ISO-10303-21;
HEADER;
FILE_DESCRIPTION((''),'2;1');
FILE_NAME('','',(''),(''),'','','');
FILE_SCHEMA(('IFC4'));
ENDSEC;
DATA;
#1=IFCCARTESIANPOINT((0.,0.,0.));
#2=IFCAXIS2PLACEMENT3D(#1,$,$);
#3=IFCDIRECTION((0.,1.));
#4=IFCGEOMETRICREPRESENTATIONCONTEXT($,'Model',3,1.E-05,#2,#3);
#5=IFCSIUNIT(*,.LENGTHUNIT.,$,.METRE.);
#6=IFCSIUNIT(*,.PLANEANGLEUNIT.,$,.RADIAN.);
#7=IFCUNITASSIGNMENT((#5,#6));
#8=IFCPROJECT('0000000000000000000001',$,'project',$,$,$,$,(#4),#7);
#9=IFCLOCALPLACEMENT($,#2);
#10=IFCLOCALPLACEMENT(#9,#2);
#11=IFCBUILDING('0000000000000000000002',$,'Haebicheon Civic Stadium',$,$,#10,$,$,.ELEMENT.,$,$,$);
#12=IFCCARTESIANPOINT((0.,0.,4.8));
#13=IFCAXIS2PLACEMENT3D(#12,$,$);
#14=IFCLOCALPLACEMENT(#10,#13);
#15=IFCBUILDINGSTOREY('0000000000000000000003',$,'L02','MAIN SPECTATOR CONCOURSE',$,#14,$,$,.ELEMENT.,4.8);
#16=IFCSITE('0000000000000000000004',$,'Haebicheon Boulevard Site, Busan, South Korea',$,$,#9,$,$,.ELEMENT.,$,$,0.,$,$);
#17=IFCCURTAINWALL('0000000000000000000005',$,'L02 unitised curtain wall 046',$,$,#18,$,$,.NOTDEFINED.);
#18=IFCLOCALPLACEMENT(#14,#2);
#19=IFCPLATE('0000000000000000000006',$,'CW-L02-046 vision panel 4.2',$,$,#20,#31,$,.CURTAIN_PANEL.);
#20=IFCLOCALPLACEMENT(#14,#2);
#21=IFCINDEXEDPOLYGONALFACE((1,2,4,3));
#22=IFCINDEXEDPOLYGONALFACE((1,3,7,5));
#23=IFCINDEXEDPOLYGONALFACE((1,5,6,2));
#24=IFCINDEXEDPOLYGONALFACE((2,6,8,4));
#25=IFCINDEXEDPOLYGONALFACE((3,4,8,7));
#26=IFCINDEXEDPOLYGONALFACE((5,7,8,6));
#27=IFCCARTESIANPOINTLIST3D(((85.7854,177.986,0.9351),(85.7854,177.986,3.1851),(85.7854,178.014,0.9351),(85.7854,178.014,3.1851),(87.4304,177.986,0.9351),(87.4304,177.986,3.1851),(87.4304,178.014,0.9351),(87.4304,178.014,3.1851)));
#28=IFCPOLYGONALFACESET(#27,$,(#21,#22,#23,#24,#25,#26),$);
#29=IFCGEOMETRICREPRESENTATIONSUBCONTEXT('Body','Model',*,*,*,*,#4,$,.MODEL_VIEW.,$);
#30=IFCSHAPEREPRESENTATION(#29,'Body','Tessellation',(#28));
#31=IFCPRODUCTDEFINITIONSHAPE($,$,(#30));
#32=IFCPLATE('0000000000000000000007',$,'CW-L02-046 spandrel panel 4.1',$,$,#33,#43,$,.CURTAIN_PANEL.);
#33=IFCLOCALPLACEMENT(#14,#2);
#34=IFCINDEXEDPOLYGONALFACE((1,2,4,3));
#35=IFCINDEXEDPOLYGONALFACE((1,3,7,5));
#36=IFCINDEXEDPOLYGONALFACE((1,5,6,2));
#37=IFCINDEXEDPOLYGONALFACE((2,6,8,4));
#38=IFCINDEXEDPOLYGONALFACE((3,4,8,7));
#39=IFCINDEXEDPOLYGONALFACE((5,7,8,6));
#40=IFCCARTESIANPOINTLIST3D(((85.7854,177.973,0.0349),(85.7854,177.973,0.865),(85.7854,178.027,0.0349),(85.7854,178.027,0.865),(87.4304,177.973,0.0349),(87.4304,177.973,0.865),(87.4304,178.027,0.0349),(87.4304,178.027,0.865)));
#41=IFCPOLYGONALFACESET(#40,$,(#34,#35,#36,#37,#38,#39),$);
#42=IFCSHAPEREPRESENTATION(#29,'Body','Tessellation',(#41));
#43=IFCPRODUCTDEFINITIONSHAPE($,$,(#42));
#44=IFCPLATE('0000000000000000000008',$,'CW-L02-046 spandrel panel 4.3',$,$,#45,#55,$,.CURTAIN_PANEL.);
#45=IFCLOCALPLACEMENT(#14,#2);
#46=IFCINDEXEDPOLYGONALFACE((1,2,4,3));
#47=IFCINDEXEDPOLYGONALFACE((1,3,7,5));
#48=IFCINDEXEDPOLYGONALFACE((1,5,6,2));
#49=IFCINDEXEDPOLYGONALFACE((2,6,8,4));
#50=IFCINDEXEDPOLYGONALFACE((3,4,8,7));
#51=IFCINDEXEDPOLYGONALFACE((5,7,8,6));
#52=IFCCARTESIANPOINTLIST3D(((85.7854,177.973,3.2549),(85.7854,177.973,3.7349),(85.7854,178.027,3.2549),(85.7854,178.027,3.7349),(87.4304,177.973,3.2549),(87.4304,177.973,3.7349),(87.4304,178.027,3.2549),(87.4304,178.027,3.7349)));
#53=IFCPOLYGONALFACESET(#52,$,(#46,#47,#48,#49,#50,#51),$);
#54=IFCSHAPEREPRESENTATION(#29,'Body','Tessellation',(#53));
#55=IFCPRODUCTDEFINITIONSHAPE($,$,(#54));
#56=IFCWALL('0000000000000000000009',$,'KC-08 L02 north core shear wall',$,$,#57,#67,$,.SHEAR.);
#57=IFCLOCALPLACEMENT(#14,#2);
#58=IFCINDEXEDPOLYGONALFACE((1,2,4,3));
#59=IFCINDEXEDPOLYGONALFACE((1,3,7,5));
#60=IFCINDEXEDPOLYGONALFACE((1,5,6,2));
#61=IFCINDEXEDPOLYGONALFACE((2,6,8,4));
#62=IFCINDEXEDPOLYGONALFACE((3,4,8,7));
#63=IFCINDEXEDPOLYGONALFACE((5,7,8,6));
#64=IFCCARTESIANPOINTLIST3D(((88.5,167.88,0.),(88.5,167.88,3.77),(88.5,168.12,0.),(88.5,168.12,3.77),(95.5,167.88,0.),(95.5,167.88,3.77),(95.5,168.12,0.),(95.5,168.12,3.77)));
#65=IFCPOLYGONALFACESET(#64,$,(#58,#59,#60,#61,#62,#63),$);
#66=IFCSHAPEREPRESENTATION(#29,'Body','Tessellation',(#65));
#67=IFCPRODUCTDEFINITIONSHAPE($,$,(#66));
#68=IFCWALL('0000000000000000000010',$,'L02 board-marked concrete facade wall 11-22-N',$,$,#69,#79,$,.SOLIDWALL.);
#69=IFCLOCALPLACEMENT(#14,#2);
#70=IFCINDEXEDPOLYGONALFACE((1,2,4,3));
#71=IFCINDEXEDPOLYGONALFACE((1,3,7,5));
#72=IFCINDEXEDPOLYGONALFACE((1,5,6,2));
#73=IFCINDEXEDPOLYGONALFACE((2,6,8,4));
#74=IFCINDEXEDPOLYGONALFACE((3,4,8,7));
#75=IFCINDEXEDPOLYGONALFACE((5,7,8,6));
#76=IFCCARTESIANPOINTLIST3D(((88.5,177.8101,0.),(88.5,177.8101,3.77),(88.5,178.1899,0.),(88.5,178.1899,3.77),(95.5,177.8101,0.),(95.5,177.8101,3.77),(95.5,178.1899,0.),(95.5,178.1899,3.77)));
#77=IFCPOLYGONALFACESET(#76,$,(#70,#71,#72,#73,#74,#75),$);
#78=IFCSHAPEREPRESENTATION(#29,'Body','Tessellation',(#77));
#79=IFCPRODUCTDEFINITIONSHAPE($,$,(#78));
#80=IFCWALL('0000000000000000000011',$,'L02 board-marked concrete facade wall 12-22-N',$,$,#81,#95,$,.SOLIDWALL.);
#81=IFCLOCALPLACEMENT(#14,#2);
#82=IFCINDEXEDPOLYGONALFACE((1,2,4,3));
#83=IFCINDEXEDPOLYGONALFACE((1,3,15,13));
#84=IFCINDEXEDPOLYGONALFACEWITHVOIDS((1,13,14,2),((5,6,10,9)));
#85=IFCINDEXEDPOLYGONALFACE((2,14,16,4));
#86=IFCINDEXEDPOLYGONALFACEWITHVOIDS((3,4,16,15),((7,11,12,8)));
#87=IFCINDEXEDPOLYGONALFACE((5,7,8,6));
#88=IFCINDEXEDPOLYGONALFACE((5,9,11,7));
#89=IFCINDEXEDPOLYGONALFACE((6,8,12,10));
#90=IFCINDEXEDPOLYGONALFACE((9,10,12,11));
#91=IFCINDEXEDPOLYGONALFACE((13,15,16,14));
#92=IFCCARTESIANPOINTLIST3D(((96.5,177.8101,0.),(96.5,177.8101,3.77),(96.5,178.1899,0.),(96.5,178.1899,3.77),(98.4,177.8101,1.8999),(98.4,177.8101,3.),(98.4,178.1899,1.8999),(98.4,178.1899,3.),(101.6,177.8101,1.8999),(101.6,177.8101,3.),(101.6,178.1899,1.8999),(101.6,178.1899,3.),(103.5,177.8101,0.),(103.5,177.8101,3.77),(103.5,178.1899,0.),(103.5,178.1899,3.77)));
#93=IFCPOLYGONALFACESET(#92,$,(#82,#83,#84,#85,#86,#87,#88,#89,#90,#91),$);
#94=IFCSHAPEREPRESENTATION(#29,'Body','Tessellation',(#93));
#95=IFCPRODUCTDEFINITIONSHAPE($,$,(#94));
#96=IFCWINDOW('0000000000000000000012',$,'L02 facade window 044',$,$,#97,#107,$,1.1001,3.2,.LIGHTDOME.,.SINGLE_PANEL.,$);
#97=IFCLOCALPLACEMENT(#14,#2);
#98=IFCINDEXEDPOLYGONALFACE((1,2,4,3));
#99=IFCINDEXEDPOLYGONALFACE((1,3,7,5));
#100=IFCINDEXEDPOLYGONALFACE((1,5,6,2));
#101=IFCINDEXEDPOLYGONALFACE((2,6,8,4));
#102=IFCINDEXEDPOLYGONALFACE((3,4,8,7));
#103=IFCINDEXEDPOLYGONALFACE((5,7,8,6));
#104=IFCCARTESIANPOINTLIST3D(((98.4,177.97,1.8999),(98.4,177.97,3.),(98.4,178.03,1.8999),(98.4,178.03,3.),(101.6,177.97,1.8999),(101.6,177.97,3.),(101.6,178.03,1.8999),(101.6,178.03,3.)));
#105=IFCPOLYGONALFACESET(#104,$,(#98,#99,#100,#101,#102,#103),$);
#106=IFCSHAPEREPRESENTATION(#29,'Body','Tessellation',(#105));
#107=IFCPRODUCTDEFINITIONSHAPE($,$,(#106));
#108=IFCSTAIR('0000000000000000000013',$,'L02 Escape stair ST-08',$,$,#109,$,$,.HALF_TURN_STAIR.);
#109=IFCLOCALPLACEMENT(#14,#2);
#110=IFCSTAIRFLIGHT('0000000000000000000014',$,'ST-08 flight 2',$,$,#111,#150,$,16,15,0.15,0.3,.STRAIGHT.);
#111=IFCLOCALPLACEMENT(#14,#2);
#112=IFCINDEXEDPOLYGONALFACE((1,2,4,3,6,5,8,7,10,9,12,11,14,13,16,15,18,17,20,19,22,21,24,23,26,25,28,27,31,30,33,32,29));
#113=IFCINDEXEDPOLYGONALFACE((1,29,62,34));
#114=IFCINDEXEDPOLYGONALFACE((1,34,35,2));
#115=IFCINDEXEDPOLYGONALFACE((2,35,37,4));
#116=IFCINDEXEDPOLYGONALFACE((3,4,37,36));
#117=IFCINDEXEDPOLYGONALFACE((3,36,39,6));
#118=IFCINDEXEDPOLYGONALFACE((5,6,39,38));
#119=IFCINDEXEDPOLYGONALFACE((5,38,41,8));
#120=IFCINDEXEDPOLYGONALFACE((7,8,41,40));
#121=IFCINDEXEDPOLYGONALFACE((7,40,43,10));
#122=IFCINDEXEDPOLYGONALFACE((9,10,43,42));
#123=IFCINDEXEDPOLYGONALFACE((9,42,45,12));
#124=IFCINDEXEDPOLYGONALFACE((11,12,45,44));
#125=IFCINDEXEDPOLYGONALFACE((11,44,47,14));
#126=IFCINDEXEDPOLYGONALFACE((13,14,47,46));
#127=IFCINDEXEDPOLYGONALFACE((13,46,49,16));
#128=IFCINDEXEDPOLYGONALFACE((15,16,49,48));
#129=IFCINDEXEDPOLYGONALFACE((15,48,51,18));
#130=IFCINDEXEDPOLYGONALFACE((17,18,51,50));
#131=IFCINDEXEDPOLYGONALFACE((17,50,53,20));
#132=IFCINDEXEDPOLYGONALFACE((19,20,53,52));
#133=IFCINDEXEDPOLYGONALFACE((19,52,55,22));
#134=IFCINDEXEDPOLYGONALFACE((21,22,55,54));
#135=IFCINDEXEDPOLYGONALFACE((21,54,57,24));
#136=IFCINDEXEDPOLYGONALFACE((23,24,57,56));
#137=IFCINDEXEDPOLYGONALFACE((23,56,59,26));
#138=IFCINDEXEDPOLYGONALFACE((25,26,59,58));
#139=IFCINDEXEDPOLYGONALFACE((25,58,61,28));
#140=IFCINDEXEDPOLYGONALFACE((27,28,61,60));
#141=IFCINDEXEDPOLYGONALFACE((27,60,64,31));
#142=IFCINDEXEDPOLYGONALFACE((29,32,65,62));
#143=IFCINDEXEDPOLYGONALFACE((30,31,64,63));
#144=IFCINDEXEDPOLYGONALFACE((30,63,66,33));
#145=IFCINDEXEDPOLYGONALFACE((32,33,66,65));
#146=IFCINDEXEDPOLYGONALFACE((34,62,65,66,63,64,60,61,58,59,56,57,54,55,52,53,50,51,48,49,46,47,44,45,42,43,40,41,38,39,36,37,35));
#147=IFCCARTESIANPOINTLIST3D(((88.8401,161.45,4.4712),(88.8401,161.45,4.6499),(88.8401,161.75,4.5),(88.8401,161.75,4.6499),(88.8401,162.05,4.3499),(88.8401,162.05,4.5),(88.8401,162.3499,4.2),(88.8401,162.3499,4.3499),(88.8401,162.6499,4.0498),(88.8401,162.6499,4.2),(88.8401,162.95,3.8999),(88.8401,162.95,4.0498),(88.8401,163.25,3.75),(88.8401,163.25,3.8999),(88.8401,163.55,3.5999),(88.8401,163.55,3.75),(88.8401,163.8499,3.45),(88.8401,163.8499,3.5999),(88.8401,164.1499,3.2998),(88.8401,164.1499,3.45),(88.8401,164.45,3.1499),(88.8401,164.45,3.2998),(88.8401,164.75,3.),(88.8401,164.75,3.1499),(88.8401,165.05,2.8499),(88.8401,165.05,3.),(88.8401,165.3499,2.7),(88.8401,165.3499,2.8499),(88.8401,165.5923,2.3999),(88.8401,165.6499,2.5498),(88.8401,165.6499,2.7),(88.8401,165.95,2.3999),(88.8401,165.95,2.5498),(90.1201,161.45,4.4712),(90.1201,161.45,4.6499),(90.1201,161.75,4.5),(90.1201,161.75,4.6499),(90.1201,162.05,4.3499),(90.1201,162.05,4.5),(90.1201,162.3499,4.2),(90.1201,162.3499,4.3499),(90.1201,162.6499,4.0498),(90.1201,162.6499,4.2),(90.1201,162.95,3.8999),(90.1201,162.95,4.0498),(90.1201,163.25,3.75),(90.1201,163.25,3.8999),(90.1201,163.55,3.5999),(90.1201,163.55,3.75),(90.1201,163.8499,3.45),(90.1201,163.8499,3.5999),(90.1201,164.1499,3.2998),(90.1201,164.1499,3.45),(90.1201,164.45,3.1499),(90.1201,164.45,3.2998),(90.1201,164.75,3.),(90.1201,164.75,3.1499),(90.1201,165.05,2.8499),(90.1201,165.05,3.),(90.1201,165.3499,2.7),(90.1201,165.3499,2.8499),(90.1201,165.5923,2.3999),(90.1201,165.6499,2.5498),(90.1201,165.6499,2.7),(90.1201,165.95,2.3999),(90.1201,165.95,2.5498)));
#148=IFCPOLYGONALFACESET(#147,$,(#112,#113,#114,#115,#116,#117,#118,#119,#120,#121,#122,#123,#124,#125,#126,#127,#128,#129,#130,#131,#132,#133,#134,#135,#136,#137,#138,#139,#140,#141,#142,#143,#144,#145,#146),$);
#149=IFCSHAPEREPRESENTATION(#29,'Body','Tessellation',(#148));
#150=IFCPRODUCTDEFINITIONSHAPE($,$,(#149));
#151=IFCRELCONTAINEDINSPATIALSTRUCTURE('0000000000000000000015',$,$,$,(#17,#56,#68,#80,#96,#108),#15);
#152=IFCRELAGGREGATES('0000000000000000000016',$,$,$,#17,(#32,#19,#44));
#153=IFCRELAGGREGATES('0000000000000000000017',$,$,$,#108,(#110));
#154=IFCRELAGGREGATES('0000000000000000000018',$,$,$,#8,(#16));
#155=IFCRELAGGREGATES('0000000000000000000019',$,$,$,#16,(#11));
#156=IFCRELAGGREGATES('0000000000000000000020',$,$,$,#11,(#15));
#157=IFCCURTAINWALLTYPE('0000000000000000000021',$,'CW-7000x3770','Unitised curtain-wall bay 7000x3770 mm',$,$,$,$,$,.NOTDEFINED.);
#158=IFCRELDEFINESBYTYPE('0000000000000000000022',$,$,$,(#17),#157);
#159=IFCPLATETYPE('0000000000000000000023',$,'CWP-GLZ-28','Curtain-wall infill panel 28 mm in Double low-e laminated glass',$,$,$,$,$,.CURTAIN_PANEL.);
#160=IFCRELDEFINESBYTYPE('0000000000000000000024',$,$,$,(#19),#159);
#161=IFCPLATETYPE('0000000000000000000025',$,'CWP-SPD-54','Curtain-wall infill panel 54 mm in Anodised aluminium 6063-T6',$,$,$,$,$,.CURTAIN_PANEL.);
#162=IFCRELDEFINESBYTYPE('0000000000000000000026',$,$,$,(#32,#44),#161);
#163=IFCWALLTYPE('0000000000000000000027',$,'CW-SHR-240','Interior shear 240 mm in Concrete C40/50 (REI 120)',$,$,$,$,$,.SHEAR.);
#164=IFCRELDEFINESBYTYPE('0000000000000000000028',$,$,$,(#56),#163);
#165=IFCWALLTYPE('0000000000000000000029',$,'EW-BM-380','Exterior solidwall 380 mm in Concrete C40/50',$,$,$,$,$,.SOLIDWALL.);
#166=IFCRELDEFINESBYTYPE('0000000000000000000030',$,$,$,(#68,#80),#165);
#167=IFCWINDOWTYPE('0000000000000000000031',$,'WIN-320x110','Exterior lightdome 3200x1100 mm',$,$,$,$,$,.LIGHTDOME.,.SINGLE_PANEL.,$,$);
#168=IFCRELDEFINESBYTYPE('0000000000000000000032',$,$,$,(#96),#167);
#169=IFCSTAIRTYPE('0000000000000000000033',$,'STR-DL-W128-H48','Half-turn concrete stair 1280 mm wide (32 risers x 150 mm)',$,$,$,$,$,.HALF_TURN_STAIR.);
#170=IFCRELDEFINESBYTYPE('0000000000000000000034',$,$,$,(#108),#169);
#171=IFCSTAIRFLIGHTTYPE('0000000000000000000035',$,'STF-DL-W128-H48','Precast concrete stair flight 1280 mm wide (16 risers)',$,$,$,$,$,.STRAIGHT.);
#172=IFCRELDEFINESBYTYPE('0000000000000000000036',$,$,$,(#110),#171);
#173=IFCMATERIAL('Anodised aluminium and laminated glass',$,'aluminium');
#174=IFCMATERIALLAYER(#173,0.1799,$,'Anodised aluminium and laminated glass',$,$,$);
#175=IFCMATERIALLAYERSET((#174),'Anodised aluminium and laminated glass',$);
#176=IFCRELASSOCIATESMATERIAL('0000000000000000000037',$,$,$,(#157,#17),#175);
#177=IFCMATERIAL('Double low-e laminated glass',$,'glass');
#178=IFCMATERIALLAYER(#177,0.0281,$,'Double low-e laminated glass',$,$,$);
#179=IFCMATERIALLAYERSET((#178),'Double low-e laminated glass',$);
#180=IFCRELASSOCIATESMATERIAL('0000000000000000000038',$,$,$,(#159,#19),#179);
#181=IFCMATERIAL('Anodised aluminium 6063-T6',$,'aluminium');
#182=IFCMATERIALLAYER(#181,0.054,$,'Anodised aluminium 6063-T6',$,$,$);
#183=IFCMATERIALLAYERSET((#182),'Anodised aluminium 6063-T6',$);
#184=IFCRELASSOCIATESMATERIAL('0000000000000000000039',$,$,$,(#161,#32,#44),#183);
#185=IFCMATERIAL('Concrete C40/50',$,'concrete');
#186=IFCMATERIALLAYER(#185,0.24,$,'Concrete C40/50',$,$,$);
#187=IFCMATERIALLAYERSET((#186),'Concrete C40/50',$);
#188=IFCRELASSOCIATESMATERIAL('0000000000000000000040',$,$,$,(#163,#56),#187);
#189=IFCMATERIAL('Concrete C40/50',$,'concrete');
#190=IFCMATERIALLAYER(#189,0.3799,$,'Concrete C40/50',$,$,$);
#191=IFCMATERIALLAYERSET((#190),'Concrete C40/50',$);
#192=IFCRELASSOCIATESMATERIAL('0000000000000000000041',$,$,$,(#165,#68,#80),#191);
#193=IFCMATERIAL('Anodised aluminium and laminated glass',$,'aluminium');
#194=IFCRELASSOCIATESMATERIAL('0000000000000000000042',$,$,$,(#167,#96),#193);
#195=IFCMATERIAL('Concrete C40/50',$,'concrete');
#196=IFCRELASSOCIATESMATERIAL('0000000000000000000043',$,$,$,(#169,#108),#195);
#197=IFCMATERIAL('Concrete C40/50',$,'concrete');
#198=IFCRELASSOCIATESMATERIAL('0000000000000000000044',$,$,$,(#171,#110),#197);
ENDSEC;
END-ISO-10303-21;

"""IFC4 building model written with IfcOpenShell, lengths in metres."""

from ifc_helpers import new_model, si_unit, direction, frame, frame_2d, origin, origin_2d, place, context, subcontext, project, spatial, polyline, rectangle, outline, extrude, material, layer, layer_set, type_object, element, fill, aggregate, save


model = new_model("IFC4")

# Units and contexts
model_context = context("Model", 3, precision=1e-05, world=origin(), true_north=direction((0.0, 1.0)))
body_context = subcontext(model_context, "Body", "Model", "MODEL_VIEW")
ifc_project = project(units=[si_unit("LENGTHUNIT", "METRE"), si_unit("PLANEANGLEUNIT", "RADIAN")], contexts=[model_context])

# Site, building, storey
site_placement = place(None, origin())
site = spatial("IfcSite", under=ifc_project, at=site_placement, Name="Haebicheon Boulevard Site, Busan, South Korea", CompositionType="ELEMENT", RefElevation=0.0)
building_placement = place(site_placement, origin())
building = spatial("IfcBuilding", under=site, at=building_placement, Name="Haebicheon Civic Stadium", CompositionType="ELEMENT")
storey_placement = place(building_placement, frame((0.0, 0.0, 4.8)))
storey = spatial("IfcBuildingStorey", under=building, at=storey_placement, Name="L02", Description="MAIN SPECTATOR CONCOURSE", CompositionType="ELEMENT", Elevation=4.8)

# Curtain wall
ifc_material_1 = material(Name="Anodised aluminium and laminated glass", Category="aluminium")
ifc_layer_1 = layer(ifc_material_1, 0.1799, Name="Anodised aluminium and laminated glass")
ifc_layer_set_1 = layer_set([ifc_layer_1], Name="Anodised aluminium and laminated glass")
curtain_wall_type = type_object("IfcCurtainWallType", Name="CW-7000x3770", Description="Unitised curtain-wall bay 7000x3770 mm", PredefinedType="NOTDEFINED", material=ifc_layer_set_1)
curtain_wall_placement = place(storey_placement, origin())
curtain_wall = element("IfcCurtainWall", 1, at=curtain_wall_placement, inside=storey, type_object=curtain_wall_type, material=ifc_layer_set_1, Name="L02 unitised curtain wall 046", PredefinedType="NOTDEFINED")

# Plates
ifc_material_2 = material(Name="Double low-e laminated glass", Category="glass")
ifc_layer_2 = layer(ifc_material_2, 0.0281, Name="Double low-e laminated glass")
ifc_layer_set_2 = layer_set([ifc_layer_2], Name="Double low-e laminated glass")
plate_type_1 = type_object("IfcPlateType", Name="CWP-GLZ-28", Description="Curtain-wall infill panel 28 mm in Double low-e laminated glass", PredefinedType="CURTAIN_PANEL", material=ifc_layer_set_2)
plate_1_placement = place(storey_placement, frame((86.6079, 178.0, 0.9351), z_axis=(0.0, 0.0, 1.0), x_axis=(1.0, 0.0, 0.0)))
plate_1 = element("IfcPlate", 2, at=plate_1_placement, type_object=plate_type_1, material=ifc_layer_set_2, Name="CW-L02-046 vision panel 4.2", PredefinedType="CURTAIN_PANEL", context=body_context, shape_type="SweptSolid", body=[
    extrude(rectangle(XDim=1.645, YDim=0.0281, at=origin_2d()), origin(), (0.0, 0.0, 1.0), 2.25),
])
ifc_material_3 = material(Name="Anodised aluminium 6063-T6", Category="aluminium")
ifc_layer_3 = layer(ifc_material_3, 0.054, Name="Anodised aluminium 6063-T6")
ifc_layer_set_3 = layer_set([ifc_layer_3], Name="Anodised aluminium 6063-T6")
plate_type_2 = type_object("IfcPlateType", Name="CWP-SPD-54", Description="Curtain-wall infill panel 54 mm in Anodised aluminium 6063-T6", PredefinedType="CURTAIN_PANEL", material=ifc_layer_set_3)
plate_2_placement = place(storey_placement, frame((86.6079, 178.0, 0.0349), z_axis=(0.0, 0.0, 1.0), x_axis=(1.0, 0.0, 0.0)))
plate_2 = element("IfcPlate", 3, at=plate_2_placement, type_object=plate_type_2, material=ifc_layer_set_3, Name="CW-L02-046 spandrel panel 4.1", PredefinedType="CURTAIN_PANEL", context=body_context, shape_type="SweptSolid", body=[
    extrude(rectangle(XDim=1.645, YDim=0.054, at=origin_2d()), origin(), (0.0, 0.0, 1.0), 0.8301),
])
plate_3_placement = place(storey_placement, frame((86.6079, 178.0, 3.2549), z_axis=(0.0, 0.0, 1.0), x_axis=(1.0, 0.0, 0.0)))
plate_3 = element("IfcPlate", 4, at=plate_3_placement, type_object=plate_type_2, material=ifc_layer_set_3, Name="CW-L02-046 spandrel panel 4.3", PredefinedType="CURTAIN_PANEL", context=body_context, shape_type="SweptSolid", body=[
    extrude(rectangle(XDim=1.645, YDim=0.054, at=origin_2d()), origin(), (0.0, 0.0, 1.0), 0.48),
])
aggregate(curtain_wall, [plate_2, plate_1, plate_3])

# Wall
ifc_material_4 = material(Name="Concrete C40/50", Category="concrete")
ifc_layer_4 = layer(ifc_material_4, 0.24, Name="Concrete C40/50")
ifc_layer_set_4 = layer_set([ifc_layer_4], Name="Concrete C40/50")
wall_type_1 = type_object("IfcWallType", Name="CW-SHR-240", Description="Interior shear 240 mm in Concrete C40/50 (REI 120)", PredefinedType="SHEAR", material=ifc_layer_set_4)
wall_1_placement = place(storey_placement, frame((88.5, 168.0, 0.0), z_axis=(0.0, 0.0, 1.0), x_axis=(1.0, 0.0, 0.0)))
element("IfcWall", 5, at=wall_1_placement, inside=storey, type_object=wall_type_1, material=ifc_layer_set_4, Name="KC-08 L02 north core shear wall", PredefinedType="SHEAR", context=body_context, shape_type="SweptSolid", body=[
    extrude(rectangle(XDim=7.0, YDim=0.24, at=frame_2d((3.5, 0.0))), origin(), (0.0, 0.0, 1.0), 3.77),
])

# Wall
ifc_material_5 = material(Name="Concrete C40/50", Category="concrete")
ifc_layer_5 = layer(ifc_material_5, 0.3799, Name="Concrete C40/50")
ifc_layer_set_5 = layer_set([ifc_layer_5], Name="Concrete C40/50")
wall_type_2 = type_object("IfcWallType", Name="EW-BM-380", Description="Exterior solidwall 380 mm in Concrete C40/50", PredefinedType="SOLIDWALL", material=ifc_layer_set_5)
wall_2_placement = place(storey_placement, frame((88.5, 178.0, 0.0), z_axis=(0.0, 0.0, 1.0), x_axis=(1.0, 0.0, 0.0)))
element("IfcWall", 6, at=wall_2_placement, inside=storey, type_object=wall_type_2, material=ifc_layer_set_5, Name="L02 board-marked concrete facade wall 11-22-N", PredefinedType="SOLIDWALL", context=body_context, shape_type="SweptSolid", body=[
    extrude(rectangle(XDim=7.0, YDim=0.3799, at=frame_2d((3.5, 0.0))), origin(), (0.0, 0.0, 1.0), 3.77),
])

# Wall, opening, window
wall_3_placement = place(storey_placement, frame((96.5, 178.0, 0.0), z_axis=(0.0, 0.0, 1.0), x_axis=(1.0, 0.0, 0.0)))
wall_3 = element("IfcWall", 7, at=wall_3_placement, inside=storey, type_object=wall_type_2, material=ifc_layer_set_5, Name="L02 board-marked concrete facade wall 12-22-N", PredefinedType="SOLIDWALL", context=body_context, shape_type="SweptSolid", body=[
    extrude(rectangle(XDim=7.0, YDim=0.3799, at=frame_2d((3.5, 0.0))), origin(), (0.0, 0.0, 1.0), 3.77),
])
opening_1_placement = place(wall_3_placement, frame((1.8999, 0.0, 1.8999)))
opening_1 = element("IfcOpeningElement", 8, at=opening_1_placement, cuts=wall_3, PredefinedType="OPENING", context=body_context, shape_type="SweptSolid", body=[
    extrude(rectangle(XDim=3.2, YDim=1.1001, at=frame_2d((1.6001, 0.55))), frame((0.0, 0.2, 0.0), z_axis=(0.0, -1.0, 0.0), x_axis=(1.0, 0.0, 0.0)), (0.0, 0.0, 1.0), 0.3999),
])
ifc_material_6 = material(Name="Anodised aluminium and laminated glass", Category="aluminium")
window_type = type_object("IfcWindowType", Name="WIN-320x110", Description="Exterior lightdome 3200x1100 mm", PartitioningType="SINGLE_PANEL", PredefinedType="LIGHTDOME", material=ifc_material_6)
window_placement = place(opening_1_placement, origin())
window = element("IfcWindow", 9, at=window_placement, inside=storey, type_object=window_type, material=ifc_material_6, Name="L02 facade window 044", OverallHeight=1.1001, OverallWidth=3.2, PartitioningType="SINGLE_PANEL", PredefinedType="LIGHTDOME", context=body_context, shape_type="SweptSolid", body=[
    extrude(rectangle(XDim=3.2, YDim=1.1001, at=frame_2d((1.6001, 0.55))), frame((0.0, 0.03, 0.0), z_axis=(0.0, -1.0, 0.0), x_axis=(1.0, 0.0, 0.0)), (0.0, 0.0, 1.0), 0.0601),
])
fill(opening_1, window)

# Stair, stair flight
ifc_material_7 = material(Name="Concrete C40/50", Category="concrete")
stair_type = type_object("IfcStairType", Name="STR-DL-W128-H48", Description="Half-turn concrete stair 1280 mm wide (32 risers x 150 mm)", PredefinedType="HALF_TURN_STAIR", material=ifc_material_7)
stair_placement = place(storey_placement, origin())
stair = element("IfcStair", 10, at=stair_placement, inside=storey, type_object=stair_type, material=ifc_material_7, Name="L02 Escape stair ST-08", PredefinedType="HALF_TURN_STAIR")
ifc_material_8 = material(Name="Concrete C40/50", Category="concrete")
stair_flight_type = type_object("IfcStairFlightType", Name="STF-DL-W128-H48", Description="Precast concrete stair flight 1280 mm wide (16 risers)", PredefinedType="STRAIGHT", material=ifc_material_8)
stair_flight_placement = place(storey_placement, frame((89.48, 165.95, 2.3999), z_axis=(0.0, 0.0, 1.0), x_axis=(0.0, -1.0, 0.0)))
stair_flight = element("IfcStairFlight", 11, at=stair_flight_placement, type_object=stair_flight_type, material=ifc_material_8, Name="ST-08 flight 2", NumberOfRisers=16, NumberOfTreads=15, PredefinedType="STRAIGHT", RiserHeight=0.15, TreadLength=0.3, context=body_context, shape_type="SweptSolid", body=[
    extrude(outline(polyline([(0.0, 0.0), (0.0, 0.1499), (0.3, 0.1499), (0.3, 0.3), (0.6001, 0.3), (0.6001, 0.45), (0.8999, 0.45), (0.8999, 0.6001), (1.2, 0.6001), (1.2, 0.75), (1.5, 0.75), (1.5, 0.8999), (1.8, 0.8999), (1.8, 1.05), (2.1001, 1.05), (2.1001, 1.2), (2.3999, 1.2), (2.3999, 1.3501), (2.7, 1.3501), (2.7, 1.5), (3.0, 1.5), (3.0, 1.6499), (3.3, 1.6499), (3.3, 1.8), (3.6001, 1.8), (3.6001, 1.95), (3.8999, 1.95), (3.8999, 2.1001), (4.2, 2.1001), (4.2, 2.25), (4.5, 2.25), (4.5, 2.3999), (4.5, 2.0713), (0.3577, 0.0), (0.0, 0.0)])), frame((0.0, 0.6401, 0.0), z_axis=(0.0, -1.0, 0.0), x_axis=(1.0, 0.0, 0.0)), (0.0, 0.0, 1.0), 1.28),
])
aggregate(stair, [stair_flight])

save(model, "model.ifc")
